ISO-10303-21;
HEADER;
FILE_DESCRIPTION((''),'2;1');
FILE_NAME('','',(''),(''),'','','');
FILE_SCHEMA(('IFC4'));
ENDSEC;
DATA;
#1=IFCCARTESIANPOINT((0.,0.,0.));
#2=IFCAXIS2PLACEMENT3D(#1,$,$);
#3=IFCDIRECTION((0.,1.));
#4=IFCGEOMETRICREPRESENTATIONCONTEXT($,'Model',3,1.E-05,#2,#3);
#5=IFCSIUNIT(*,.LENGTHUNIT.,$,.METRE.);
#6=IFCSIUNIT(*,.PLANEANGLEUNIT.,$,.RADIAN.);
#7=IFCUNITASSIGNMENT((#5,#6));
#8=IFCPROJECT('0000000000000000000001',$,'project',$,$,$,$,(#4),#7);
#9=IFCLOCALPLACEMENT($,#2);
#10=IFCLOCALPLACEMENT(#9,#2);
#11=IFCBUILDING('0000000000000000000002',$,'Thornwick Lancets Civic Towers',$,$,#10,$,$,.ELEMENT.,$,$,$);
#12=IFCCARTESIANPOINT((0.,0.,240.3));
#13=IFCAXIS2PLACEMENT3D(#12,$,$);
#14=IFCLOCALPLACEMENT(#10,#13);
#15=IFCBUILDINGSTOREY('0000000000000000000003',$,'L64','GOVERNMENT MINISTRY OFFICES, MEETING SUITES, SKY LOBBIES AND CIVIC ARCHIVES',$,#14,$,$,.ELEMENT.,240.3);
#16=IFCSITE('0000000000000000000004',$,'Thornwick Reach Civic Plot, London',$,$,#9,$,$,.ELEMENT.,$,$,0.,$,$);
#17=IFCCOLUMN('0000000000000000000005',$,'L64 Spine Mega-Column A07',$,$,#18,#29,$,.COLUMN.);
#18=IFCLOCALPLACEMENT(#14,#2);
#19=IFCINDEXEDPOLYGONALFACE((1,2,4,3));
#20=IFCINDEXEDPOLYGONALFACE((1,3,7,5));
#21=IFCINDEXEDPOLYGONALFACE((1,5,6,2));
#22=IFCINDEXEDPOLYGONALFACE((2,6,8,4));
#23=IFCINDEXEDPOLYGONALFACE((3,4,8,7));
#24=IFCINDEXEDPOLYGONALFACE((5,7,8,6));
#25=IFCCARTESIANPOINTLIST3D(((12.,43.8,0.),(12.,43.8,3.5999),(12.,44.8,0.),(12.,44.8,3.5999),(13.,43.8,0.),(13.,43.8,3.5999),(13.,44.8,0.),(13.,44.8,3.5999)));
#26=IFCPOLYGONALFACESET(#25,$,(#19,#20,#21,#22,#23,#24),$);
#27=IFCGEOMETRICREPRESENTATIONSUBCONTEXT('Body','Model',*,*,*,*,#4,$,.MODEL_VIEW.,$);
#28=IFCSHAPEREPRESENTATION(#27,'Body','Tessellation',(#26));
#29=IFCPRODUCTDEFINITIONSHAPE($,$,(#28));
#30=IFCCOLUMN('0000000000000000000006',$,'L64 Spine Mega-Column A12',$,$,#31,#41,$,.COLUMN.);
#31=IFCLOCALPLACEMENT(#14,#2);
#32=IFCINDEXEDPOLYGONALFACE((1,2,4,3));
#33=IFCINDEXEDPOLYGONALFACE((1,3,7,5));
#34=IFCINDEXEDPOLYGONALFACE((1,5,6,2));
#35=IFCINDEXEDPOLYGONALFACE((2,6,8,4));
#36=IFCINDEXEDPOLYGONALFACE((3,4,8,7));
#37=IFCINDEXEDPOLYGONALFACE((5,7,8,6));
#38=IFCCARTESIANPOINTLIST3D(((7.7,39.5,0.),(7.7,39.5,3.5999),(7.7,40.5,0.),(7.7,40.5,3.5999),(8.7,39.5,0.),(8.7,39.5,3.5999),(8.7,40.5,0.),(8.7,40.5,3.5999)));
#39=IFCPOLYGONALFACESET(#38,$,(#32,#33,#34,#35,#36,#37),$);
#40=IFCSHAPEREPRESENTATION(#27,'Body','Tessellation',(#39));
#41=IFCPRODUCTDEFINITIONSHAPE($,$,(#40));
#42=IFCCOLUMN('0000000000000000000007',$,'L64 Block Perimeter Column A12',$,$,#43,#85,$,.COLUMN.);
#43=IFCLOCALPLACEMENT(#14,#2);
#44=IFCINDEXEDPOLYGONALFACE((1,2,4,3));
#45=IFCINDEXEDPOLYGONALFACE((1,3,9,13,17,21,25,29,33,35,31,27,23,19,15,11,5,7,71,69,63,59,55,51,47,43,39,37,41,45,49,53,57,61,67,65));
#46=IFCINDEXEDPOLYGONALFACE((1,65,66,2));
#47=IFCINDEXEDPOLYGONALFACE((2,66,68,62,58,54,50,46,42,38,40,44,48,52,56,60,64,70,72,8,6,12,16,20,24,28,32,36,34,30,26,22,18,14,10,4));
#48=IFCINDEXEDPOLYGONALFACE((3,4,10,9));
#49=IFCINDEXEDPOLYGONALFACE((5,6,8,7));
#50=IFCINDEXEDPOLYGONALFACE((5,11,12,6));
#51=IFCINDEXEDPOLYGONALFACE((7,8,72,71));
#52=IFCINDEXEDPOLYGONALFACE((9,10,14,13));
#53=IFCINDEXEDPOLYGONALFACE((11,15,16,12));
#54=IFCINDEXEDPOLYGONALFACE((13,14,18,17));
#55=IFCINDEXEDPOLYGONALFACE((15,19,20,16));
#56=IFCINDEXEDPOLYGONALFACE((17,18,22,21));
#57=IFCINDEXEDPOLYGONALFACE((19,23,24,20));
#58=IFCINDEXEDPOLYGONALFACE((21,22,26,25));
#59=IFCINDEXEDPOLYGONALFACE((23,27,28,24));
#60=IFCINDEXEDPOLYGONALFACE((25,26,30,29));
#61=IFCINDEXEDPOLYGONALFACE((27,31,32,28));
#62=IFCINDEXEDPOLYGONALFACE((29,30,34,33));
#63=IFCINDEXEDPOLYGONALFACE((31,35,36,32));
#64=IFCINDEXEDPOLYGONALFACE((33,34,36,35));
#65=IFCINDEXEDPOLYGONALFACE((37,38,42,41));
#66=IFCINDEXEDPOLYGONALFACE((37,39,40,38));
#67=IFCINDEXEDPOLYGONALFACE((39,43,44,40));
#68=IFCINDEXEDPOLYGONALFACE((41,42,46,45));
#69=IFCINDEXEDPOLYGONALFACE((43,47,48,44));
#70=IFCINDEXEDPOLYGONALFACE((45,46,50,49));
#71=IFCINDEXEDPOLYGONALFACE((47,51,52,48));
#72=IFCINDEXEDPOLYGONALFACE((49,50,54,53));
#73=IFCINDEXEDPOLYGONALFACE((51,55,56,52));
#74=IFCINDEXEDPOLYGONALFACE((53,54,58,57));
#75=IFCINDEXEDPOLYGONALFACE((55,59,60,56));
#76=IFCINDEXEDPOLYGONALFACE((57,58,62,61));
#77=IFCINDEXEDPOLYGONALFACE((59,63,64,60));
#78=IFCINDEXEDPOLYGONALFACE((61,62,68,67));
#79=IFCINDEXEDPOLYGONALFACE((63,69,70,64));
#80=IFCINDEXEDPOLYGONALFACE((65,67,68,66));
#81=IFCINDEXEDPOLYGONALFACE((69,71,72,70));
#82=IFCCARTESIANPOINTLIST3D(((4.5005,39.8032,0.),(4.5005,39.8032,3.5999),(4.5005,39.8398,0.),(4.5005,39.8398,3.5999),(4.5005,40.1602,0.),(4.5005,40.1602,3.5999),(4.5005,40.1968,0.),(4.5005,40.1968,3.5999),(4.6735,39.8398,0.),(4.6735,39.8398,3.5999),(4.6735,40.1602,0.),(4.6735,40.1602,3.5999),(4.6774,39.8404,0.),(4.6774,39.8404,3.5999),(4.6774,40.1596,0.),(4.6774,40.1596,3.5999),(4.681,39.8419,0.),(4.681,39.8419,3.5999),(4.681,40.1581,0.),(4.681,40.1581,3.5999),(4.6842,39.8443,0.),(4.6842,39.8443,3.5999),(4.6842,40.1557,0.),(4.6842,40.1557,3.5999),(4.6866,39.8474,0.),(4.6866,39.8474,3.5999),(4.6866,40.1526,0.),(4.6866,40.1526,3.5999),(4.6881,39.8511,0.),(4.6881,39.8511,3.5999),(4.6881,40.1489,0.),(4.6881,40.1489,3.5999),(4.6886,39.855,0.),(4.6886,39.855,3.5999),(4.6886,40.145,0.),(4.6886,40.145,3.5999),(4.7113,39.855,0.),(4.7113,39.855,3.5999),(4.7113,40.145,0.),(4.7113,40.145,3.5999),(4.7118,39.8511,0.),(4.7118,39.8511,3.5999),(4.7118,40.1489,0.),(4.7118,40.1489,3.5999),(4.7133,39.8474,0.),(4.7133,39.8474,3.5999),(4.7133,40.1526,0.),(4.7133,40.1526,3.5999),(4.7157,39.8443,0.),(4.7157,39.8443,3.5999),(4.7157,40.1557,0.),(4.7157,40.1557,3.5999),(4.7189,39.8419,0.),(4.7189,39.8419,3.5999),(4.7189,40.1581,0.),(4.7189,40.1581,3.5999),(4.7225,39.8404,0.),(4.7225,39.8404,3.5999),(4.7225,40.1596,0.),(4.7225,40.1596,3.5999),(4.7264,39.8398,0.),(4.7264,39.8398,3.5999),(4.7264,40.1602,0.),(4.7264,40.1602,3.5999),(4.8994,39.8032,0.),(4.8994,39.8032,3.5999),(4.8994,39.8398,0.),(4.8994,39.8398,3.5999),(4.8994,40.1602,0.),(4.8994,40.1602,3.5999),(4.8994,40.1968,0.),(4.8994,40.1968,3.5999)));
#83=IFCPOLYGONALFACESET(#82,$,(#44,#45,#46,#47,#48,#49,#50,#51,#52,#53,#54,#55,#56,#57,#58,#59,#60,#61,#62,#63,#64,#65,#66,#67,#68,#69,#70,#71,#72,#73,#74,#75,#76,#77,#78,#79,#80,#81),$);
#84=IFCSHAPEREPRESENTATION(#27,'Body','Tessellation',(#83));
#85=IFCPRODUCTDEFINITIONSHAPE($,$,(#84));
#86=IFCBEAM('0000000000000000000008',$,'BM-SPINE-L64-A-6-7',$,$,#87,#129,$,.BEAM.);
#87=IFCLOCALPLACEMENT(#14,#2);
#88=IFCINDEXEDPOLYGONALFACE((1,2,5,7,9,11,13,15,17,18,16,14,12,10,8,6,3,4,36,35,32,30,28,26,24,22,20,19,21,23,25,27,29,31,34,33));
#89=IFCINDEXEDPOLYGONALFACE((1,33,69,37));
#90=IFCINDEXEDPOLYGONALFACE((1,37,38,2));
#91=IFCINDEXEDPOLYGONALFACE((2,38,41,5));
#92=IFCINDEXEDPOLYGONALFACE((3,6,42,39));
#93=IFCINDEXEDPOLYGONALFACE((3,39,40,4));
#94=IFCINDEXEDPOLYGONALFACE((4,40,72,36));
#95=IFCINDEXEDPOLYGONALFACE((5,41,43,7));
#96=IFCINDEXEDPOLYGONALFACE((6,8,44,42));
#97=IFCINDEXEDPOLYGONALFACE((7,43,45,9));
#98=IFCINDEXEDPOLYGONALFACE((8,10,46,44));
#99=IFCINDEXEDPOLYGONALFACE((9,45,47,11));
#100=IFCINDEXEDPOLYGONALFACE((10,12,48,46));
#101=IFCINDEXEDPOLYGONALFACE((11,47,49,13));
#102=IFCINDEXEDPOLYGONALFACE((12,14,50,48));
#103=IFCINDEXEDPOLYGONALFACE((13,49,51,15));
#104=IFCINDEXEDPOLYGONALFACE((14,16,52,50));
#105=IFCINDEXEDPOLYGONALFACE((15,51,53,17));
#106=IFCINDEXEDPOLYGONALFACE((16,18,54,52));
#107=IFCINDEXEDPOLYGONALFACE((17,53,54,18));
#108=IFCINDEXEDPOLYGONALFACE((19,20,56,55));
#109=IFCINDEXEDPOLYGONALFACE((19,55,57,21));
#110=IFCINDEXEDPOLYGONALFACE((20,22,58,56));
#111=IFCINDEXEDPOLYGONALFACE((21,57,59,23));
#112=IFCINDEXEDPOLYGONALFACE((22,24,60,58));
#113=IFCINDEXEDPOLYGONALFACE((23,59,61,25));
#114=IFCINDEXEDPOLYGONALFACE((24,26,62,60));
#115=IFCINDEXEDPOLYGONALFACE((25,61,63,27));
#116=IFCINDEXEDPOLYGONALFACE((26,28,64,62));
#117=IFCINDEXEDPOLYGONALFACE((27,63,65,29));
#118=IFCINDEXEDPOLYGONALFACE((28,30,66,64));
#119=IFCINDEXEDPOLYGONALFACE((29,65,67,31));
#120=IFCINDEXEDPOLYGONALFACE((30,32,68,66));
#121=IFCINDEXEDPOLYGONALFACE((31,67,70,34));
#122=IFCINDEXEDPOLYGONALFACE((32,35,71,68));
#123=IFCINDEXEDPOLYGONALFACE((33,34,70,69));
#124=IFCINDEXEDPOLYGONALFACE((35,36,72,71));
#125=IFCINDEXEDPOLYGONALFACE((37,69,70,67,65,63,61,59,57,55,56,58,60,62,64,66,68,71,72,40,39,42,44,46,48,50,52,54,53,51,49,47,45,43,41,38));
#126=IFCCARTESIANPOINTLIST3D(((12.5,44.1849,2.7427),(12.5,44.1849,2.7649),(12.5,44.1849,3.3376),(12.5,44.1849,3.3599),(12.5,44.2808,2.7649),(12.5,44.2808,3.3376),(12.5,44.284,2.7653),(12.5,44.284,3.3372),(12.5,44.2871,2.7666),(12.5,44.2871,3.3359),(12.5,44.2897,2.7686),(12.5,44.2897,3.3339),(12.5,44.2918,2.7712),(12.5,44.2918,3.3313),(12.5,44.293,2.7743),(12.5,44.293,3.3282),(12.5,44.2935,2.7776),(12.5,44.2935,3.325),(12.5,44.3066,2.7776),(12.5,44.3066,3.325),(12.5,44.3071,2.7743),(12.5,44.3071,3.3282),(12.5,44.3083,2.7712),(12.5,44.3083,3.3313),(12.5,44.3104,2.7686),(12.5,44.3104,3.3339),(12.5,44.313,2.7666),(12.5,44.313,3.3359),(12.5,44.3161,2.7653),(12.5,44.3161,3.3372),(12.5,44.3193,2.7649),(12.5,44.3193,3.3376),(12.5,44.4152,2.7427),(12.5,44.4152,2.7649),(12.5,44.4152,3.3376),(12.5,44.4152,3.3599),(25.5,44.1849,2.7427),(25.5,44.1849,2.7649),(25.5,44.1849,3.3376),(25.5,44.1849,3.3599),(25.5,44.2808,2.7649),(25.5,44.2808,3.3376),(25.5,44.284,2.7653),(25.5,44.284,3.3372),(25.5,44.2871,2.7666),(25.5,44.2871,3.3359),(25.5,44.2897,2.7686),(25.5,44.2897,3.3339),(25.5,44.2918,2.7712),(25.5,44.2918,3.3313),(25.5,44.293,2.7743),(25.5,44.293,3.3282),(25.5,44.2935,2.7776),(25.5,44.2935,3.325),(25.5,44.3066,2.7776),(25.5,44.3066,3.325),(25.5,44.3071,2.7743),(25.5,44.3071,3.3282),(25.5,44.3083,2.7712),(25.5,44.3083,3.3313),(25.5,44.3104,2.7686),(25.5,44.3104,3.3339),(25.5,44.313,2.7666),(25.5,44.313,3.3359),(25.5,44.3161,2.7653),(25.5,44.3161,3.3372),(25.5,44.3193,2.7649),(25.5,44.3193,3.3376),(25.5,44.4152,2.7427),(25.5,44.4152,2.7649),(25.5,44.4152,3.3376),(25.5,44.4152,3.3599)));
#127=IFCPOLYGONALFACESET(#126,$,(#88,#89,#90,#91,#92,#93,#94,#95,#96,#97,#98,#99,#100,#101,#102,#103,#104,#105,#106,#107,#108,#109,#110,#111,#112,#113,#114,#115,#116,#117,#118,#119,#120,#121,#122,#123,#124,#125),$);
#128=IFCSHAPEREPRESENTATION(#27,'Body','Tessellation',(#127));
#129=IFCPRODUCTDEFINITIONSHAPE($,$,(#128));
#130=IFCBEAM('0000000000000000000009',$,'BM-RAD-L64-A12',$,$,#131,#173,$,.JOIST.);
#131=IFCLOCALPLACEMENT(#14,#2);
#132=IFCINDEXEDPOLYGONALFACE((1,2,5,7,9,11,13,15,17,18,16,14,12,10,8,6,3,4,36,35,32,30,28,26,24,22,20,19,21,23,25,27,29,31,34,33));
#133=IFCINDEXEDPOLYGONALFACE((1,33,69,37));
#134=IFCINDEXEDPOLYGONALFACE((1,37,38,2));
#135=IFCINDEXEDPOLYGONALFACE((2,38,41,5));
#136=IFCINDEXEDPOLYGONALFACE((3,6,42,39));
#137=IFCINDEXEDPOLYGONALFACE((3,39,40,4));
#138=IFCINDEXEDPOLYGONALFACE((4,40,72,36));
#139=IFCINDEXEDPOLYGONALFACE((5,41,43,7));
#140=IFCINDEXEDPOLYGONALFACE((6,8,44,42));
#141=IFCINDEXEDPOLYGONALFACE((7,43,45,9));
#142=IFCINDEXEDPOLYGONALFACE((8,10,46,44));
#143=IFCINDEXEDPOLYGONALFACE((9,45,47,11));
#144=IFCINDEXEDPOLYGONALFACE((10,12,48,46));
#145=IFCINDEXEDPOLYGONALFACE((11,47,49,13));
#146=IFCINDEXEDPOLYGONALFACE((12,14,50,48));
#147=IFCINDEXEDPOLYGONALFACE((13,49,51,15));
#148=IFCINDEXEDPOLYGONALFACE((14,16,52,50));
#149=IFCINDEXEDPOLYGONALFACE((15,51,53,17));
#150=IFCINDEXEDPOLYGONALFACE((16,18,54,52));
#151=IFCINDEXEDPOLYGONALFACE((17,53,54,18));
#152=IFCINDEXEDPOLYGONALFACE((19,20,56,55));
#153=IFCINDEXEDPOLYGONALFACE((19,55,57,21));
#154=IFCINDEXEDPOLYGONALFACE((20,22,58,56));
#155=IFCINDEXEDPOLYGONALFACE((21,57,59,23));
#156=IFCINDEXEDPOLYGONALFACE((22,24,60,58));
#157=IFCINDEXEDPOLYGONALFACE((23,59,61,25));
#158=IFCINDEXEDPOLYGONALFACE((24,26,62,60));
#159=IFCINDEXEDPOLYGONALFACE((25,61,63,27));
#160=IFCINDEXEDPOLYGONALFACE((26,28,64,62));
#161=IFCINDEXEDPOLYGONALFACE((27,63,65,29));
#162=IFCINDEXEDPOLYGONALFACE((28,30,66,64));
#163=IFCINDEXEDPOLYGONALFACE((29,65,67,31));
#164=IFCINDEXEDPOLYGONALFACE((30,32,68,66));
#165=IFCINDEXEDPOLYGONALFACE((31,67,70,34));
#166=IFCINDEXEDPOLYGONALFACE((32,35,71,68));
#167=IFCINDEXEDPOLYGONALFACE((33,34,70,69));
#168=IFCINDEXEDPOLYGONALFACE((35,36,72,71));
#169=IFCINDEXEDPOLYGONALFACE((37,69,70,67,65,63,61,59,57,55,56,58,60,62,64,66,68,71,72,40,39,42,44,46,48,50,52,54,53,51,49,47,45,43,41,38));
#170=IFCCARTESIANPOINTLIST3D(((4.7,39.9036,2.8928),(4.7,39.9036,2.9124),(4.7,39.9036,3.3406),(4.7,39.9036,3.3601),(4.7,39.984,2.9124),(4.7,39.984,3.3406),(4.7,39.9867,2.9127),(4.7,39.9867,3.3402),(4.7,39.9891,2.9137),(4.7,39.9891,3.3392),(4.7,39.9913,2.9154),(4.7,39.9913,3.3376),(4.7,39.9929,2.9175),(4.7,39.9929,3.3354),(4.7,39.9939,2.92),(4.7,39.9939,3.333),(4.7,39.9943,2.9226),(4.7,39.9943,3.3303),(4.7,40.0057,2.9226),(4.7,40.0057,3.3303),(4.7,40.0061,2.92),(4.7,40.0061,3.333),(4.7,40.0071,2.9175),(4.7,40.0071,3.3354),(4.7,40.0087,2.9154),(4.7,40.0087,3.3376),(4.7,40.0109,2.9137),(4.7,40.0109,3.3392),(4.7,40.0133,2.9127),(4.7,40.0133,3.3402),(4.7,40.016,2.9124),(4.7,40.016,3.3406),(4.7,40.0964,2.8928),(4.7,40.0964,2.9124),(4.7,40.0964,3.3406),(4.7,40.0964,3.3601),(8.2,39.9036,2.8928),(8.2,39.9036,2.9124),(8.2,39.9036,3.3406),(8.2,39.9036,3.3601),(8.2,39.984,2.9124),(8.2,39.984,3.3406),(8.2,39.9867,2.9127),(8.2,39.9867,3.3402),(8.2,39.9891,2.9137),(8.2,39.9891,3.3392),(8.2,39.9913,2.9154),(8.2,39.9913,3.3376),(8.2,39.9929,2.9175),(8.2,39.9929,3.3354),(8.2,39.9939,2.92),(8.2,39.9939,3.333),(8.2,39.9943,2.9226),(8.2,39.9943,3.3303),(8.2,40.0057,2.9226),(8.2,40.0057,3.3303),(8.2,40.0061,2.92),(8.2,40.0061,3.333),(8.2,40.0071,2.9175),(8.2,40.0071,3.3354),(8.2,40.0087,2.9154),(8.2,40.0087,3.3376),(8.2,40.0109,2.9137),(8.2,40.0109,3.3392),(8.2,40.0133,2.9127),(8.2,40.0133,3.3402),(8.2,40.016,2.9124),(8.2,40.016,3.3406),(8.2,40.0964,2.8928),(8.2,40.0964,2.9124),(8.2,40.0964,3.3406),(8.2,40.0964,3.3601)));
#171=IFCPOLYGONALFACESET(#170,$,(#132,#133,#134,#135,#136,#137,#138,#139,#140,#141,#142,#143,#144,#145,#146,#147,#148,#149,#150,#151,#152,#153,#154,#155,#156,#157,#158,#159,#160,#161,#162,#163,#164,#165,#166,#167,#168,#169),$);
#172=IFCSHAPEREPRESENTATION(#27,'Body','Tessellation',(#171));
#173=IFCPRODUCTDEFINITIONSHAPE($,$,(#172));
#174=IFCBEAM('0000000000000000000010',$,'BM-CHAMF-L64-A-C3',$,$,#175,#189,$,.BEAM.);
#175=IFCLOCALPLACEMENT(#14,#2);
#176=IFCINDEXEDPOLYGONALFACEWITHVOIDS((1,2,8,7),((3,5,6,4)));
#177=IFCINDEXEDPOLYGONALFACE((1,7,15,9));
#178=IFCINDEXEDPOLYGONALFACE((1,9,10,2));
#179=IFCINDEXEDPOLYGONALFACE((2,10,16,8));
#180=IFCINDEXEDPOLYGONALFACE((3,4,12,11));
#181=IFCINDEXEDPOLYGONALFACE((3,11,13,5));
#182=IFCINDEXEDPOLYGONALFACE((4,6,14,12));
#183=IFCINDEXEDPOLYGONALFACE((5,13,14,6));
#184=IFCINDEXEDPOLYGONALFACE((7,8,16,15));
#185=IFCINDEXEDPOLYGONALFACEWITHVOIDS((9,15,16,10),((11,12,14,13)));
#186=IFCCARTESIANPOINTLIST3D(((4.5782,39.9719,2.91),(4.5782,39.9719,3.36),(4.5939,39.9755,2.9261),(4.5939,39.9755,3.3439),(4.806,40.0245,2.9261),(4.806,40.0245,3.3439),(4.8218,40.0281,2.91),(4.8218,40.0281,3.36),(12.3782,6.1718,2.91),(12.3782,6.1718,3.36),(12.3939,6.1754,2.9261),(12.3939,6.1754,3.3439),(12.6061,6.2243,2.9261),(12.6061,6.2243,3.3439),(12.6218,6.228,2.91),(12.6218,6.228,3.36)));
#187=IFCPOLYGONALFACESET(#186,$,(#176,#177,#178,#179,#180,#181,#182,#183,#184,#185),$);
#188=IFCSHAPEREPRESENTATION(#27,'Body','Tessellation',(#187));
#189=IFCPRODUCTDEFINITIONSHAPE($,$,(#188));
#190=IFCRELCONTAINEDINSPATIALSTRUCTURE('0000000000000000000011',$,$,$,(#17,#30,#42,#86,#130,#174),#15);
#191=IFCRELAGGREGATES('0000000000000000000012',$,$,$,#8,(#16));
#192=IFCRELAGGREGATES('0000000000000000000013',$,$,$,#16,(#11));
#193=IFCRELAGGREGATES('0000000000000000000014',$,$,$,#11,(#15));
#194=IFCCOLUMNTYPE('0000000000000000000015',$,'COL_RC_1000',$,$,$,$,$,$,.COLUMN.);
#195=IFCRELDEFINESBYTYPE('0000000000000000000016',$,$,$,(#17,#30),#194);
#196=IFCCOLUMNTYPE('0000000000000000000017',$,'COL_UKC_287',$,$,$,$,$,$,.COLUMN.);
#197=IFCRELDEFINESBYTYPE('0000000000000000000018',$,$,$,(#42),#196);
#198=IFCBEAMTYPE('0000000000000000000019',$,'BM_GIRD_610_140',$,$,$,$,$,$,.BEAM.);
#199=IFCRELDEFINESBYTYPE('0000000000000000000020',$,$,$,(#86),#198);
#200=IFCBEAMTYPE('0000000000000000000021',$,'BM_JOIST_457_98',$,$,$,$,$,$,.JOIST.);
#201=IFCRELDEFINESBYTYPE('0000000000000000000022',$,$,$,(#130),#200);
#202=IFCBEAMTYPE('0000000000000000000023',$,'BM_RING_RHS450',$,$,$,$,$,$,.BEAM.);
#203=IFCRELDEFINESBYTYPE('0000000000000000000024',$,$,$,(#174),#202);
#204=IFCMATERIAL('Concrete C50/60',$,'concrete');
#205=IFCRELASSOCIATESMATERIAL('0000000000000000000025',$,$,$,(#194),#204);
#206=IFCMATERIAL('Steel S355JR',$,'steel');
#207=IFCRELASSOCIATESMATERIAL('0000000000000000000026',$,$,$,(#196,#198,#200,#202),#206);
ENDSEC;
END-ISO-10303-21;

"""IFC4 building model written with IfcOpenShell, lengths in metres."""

from ifc_helpers import new_model, si_unit, direction, frame, origin, origin_2d, place, context, subcontext, project, spatial, rectangle, hollow_rectangle, i_section, extrude, material, material_profile, profile_set, type_object, element, save


model = new_model("IFC4")

# Units and contexts
model_context = context("Model", 3, precision=1e-05, world=origin(), true_north=direction((0.0, 1.0)))
body_context = subcontext(model_context, "Body", "Model", "MODEL_VIEW")
ifc_project = project(units=[si_unit("LENGTHUNIT", "METRE"), si_unit("PLANEANGLEUNIT", "RADIAN")], contexts=[model_context])

# Site, building, storey
site_placement = place(None, origin())
site = spatial("IfcSite", under=ifc_project, at=site_placement, Name="Thornwick Reach Civic Plot, London", CompositionType="ELEMENT", RefElevation=0.0)
building_placement = place(site_placement, origin())
building = spatial("IfcBuilding", under=site, at=building_placement, Name="Thornwick Lancets Civic Towers", CompositionType="ELEMENT")
storey_placement = place(building_placement, frame((0.0, 0.0, 240.3)))
storey = spatial("IfcBuildingStorey", under=building, at=storey_placement, Name="L64", Description="GOVERNMENT MINISTRY OFFICES, MEETING SUITES, SKY LOBBIES AND CIVIC ARCHIVES", CompositionType="ELEMENT", Elevation=240.3)

# Columns
ifc_material_1 = material(Name="Concrete C50/60", Category="concrete")
ifc_material_profile_1 = material_profile(ifc_material_1, rectangle(XDim=1.0, YDim=1.0, at=origin_2d()), Name="RC 1000x1000")
ifc_profile_set_1 = profile_set([ifc_material_profile_1], Name="Concrete C50/60")
column_type_1 = type_object("IfcColumnType", Name="COL_RC_1000", PredefinedType="COLUMN", material=ifc_profile_set_1)
for number, where, z_axis, x_axis, name in (
    (1, (12.5, 44.3, 0.0), (0.0, 0.0, 1.0), (1.0, 0.0, 0.0), "L64 Spine Mega-Column A07"),
    (2, (8.2, 40.0, 0.0), (0.0, 0.0, 1.0), (1.0, 0.0, 0.0), "L64 Spine Mega-Column A12"),
):
    element("IfcColumn", number, at=place(storey_placement, frame(where, z_axis=z_axis, x_axis=x_axis)), inside=storey, type_object=column_type_1, Name=name, PredefinedType="COLUMN", context=body_context, shape_type="SweptSolid", body=[
        extrude(rectangle(XDim=1.0, YDim=1.0, at=origin_2d()), origin(), (0.0, 0.0, 1.0), 3.5999),
    ])
ifc_material_2 = material(Name="Steel S355JR", Category="steel")
ifc_material_profile_2 = material_profile(ifc_material_2, i_section(OverallWidth=0.3989, OverallDepth=0.3936, WebThickness=0.0227, FlangeThickness=0.0366, FilletRadius=0.0151, at=origin_2d()), Name="UKC 356x406x287")
ifc_profile_set_2 = profile_set([ifc_material_profile_2], Name="Steel S355JR")
column_type_2 = type_object("IfcColumnType", Name="COL_UKC_287", PredefinedType="COLUMN", material=ifc_profile_set_2)
column_placement = place(storey_placement, frame((4.7, 40.0, 0.0), z_axis=(0.0, 0.0, 1.0), x_axis=(1.0, 0.0, 0.0)))
element("IfcColumn", 3, at=column_placement, inside=storey, type_object=column_type_2, Name="L64 Block Perimeter Column A12", PredefinedType="COLUMN", context=body_context, shape_type="SweptSolid", body=[
    extrude(i_section(OverallWidth=0.3989, OverallDepth=0.3936, WebThickness=0.0227, FlangeThickness=0.0366, FilletRadius=0.0151, at=origin_2d()), origin(), (0.0, 0.0, 1.0), 3.5999),
])

# Beams
ifc_material_profile_3 = material_profile(ifc_material_2, i_section(OverallWidth=0.2302, OverallDepth=0.6172, WebThickness=0.0132, FlangeThickness=0.0222, FilletRadius=0.0127, at=origin_2d()), Name="UKB 610x229x140")
ifc_profile_set_3 = profile_set([ifc_material_profile_3], Name="Steel S355JR")
beam_type_1 = type_object("IfcBeamType", Name="BM_GIRD_610_140", PredefinedType="BEAM", material=ifc_profile_set_3)
beam_1_placement = place(storey_placement, frame((12.5, 44.3, 3.0513), z_axis=(1.0, 0.0, 0.0), x_axis=(0.0, 1.0, 0.0)))
element("IfcBeam", 4, at=beam_1_placement, inside=storey, type_object=beam_type_1, Name="BM-SPINE-L64-A-6-7", PredefinedType="BEAM", context=body_context, shape_type="SweptSolid", body=[
    extrude(i_section(OverallWidth=0.2302, OverallDepth=0.6172, WebThickness=0.0132, FlangeThickness=0.0222, FilletRadius=0.0127, at=origin_2d()), origin(), (0.0, 0.0, 1.0), 13.0),
])
ifc_material_profile_4 = material_profile(ifc_material_2, i_section(OverallWidth=0.1929, OverallDepth=0.4673, WebThickness=0.0115, FlangeThickness=0.0195, FilletRadius=0.0103, at=origin_2d()), Name="UKB 457x191x98")
ifc_profile_set_4 = profile_set([ifc_material_profile_4], Name="Steel S355JR")
beam_type_2 = type_object("IfcBeamType", Name="BM_JOIST_457_98", PredefinedType="JOIST", material=ifc_profile_set_4)
beam_2_placement = place(storey_placement, frame((8.2, 40.0, 3.1265), z_axis=(-1.0, 0.0, 0.0), x_axis=(0.0, -1.0, 0.0)))
element("IfcBeam", 5, at=beam_2_placement, inside=storey, type_object=beam_type_2, Name="BM-RAD-L64-A12", PredefinedType="JOIST", context=body_context, shape_type="SweptSolid", body=[
    extrude(i_section(OverallWidth=0.1929, OverallDepth=0.4673, WebThickness=0.0115, FlangeThickness=0.0195, FilletRadius=0.0103, at=origin_2d()), origin(), (0.0, 0.0, 1.0), 3.5),
])
ifc_material_profile_5 = material_profile(ifc_material_2, hollow_rectangle(XDim=0.25, YDim=0.45, WallThickness=0.0161, at=origin_2d()), Name="RHS 450x250x16")
ifc_profile_set_5 = profile_set([ifc_material_profile_5], Name="Steel S355JR")
beam_type_3 = type_object("IfcBeamType", Name="BM_RING_RHS450", PredefinedType="BEAM", material=ifc_profile_set_5)
beam_3_placement = place(storey_placement, frame((4.7, 40.0, 3.135), z_axis=(0.224861, -0.974391, 0.0), x_axis=(0.974391, 0.224861, 0.0)))
element("IfcBeam", 6, at=beam_3_placement, inside=storey, type_object=beam_type_3, Name="BM-CHAMF-L64-A-C3", PredefinedType="BEAM", context=body_context, shape_type="SweptSolid", body=[
    extrude(hollow_rectangle(XDim=0.25, YDim=0.45, WallThickness=0.0161, at=origin_2d()), origin(), (0.0, 0.0, 1.0), 34.6885),
])

save(model, "model.ifc")
